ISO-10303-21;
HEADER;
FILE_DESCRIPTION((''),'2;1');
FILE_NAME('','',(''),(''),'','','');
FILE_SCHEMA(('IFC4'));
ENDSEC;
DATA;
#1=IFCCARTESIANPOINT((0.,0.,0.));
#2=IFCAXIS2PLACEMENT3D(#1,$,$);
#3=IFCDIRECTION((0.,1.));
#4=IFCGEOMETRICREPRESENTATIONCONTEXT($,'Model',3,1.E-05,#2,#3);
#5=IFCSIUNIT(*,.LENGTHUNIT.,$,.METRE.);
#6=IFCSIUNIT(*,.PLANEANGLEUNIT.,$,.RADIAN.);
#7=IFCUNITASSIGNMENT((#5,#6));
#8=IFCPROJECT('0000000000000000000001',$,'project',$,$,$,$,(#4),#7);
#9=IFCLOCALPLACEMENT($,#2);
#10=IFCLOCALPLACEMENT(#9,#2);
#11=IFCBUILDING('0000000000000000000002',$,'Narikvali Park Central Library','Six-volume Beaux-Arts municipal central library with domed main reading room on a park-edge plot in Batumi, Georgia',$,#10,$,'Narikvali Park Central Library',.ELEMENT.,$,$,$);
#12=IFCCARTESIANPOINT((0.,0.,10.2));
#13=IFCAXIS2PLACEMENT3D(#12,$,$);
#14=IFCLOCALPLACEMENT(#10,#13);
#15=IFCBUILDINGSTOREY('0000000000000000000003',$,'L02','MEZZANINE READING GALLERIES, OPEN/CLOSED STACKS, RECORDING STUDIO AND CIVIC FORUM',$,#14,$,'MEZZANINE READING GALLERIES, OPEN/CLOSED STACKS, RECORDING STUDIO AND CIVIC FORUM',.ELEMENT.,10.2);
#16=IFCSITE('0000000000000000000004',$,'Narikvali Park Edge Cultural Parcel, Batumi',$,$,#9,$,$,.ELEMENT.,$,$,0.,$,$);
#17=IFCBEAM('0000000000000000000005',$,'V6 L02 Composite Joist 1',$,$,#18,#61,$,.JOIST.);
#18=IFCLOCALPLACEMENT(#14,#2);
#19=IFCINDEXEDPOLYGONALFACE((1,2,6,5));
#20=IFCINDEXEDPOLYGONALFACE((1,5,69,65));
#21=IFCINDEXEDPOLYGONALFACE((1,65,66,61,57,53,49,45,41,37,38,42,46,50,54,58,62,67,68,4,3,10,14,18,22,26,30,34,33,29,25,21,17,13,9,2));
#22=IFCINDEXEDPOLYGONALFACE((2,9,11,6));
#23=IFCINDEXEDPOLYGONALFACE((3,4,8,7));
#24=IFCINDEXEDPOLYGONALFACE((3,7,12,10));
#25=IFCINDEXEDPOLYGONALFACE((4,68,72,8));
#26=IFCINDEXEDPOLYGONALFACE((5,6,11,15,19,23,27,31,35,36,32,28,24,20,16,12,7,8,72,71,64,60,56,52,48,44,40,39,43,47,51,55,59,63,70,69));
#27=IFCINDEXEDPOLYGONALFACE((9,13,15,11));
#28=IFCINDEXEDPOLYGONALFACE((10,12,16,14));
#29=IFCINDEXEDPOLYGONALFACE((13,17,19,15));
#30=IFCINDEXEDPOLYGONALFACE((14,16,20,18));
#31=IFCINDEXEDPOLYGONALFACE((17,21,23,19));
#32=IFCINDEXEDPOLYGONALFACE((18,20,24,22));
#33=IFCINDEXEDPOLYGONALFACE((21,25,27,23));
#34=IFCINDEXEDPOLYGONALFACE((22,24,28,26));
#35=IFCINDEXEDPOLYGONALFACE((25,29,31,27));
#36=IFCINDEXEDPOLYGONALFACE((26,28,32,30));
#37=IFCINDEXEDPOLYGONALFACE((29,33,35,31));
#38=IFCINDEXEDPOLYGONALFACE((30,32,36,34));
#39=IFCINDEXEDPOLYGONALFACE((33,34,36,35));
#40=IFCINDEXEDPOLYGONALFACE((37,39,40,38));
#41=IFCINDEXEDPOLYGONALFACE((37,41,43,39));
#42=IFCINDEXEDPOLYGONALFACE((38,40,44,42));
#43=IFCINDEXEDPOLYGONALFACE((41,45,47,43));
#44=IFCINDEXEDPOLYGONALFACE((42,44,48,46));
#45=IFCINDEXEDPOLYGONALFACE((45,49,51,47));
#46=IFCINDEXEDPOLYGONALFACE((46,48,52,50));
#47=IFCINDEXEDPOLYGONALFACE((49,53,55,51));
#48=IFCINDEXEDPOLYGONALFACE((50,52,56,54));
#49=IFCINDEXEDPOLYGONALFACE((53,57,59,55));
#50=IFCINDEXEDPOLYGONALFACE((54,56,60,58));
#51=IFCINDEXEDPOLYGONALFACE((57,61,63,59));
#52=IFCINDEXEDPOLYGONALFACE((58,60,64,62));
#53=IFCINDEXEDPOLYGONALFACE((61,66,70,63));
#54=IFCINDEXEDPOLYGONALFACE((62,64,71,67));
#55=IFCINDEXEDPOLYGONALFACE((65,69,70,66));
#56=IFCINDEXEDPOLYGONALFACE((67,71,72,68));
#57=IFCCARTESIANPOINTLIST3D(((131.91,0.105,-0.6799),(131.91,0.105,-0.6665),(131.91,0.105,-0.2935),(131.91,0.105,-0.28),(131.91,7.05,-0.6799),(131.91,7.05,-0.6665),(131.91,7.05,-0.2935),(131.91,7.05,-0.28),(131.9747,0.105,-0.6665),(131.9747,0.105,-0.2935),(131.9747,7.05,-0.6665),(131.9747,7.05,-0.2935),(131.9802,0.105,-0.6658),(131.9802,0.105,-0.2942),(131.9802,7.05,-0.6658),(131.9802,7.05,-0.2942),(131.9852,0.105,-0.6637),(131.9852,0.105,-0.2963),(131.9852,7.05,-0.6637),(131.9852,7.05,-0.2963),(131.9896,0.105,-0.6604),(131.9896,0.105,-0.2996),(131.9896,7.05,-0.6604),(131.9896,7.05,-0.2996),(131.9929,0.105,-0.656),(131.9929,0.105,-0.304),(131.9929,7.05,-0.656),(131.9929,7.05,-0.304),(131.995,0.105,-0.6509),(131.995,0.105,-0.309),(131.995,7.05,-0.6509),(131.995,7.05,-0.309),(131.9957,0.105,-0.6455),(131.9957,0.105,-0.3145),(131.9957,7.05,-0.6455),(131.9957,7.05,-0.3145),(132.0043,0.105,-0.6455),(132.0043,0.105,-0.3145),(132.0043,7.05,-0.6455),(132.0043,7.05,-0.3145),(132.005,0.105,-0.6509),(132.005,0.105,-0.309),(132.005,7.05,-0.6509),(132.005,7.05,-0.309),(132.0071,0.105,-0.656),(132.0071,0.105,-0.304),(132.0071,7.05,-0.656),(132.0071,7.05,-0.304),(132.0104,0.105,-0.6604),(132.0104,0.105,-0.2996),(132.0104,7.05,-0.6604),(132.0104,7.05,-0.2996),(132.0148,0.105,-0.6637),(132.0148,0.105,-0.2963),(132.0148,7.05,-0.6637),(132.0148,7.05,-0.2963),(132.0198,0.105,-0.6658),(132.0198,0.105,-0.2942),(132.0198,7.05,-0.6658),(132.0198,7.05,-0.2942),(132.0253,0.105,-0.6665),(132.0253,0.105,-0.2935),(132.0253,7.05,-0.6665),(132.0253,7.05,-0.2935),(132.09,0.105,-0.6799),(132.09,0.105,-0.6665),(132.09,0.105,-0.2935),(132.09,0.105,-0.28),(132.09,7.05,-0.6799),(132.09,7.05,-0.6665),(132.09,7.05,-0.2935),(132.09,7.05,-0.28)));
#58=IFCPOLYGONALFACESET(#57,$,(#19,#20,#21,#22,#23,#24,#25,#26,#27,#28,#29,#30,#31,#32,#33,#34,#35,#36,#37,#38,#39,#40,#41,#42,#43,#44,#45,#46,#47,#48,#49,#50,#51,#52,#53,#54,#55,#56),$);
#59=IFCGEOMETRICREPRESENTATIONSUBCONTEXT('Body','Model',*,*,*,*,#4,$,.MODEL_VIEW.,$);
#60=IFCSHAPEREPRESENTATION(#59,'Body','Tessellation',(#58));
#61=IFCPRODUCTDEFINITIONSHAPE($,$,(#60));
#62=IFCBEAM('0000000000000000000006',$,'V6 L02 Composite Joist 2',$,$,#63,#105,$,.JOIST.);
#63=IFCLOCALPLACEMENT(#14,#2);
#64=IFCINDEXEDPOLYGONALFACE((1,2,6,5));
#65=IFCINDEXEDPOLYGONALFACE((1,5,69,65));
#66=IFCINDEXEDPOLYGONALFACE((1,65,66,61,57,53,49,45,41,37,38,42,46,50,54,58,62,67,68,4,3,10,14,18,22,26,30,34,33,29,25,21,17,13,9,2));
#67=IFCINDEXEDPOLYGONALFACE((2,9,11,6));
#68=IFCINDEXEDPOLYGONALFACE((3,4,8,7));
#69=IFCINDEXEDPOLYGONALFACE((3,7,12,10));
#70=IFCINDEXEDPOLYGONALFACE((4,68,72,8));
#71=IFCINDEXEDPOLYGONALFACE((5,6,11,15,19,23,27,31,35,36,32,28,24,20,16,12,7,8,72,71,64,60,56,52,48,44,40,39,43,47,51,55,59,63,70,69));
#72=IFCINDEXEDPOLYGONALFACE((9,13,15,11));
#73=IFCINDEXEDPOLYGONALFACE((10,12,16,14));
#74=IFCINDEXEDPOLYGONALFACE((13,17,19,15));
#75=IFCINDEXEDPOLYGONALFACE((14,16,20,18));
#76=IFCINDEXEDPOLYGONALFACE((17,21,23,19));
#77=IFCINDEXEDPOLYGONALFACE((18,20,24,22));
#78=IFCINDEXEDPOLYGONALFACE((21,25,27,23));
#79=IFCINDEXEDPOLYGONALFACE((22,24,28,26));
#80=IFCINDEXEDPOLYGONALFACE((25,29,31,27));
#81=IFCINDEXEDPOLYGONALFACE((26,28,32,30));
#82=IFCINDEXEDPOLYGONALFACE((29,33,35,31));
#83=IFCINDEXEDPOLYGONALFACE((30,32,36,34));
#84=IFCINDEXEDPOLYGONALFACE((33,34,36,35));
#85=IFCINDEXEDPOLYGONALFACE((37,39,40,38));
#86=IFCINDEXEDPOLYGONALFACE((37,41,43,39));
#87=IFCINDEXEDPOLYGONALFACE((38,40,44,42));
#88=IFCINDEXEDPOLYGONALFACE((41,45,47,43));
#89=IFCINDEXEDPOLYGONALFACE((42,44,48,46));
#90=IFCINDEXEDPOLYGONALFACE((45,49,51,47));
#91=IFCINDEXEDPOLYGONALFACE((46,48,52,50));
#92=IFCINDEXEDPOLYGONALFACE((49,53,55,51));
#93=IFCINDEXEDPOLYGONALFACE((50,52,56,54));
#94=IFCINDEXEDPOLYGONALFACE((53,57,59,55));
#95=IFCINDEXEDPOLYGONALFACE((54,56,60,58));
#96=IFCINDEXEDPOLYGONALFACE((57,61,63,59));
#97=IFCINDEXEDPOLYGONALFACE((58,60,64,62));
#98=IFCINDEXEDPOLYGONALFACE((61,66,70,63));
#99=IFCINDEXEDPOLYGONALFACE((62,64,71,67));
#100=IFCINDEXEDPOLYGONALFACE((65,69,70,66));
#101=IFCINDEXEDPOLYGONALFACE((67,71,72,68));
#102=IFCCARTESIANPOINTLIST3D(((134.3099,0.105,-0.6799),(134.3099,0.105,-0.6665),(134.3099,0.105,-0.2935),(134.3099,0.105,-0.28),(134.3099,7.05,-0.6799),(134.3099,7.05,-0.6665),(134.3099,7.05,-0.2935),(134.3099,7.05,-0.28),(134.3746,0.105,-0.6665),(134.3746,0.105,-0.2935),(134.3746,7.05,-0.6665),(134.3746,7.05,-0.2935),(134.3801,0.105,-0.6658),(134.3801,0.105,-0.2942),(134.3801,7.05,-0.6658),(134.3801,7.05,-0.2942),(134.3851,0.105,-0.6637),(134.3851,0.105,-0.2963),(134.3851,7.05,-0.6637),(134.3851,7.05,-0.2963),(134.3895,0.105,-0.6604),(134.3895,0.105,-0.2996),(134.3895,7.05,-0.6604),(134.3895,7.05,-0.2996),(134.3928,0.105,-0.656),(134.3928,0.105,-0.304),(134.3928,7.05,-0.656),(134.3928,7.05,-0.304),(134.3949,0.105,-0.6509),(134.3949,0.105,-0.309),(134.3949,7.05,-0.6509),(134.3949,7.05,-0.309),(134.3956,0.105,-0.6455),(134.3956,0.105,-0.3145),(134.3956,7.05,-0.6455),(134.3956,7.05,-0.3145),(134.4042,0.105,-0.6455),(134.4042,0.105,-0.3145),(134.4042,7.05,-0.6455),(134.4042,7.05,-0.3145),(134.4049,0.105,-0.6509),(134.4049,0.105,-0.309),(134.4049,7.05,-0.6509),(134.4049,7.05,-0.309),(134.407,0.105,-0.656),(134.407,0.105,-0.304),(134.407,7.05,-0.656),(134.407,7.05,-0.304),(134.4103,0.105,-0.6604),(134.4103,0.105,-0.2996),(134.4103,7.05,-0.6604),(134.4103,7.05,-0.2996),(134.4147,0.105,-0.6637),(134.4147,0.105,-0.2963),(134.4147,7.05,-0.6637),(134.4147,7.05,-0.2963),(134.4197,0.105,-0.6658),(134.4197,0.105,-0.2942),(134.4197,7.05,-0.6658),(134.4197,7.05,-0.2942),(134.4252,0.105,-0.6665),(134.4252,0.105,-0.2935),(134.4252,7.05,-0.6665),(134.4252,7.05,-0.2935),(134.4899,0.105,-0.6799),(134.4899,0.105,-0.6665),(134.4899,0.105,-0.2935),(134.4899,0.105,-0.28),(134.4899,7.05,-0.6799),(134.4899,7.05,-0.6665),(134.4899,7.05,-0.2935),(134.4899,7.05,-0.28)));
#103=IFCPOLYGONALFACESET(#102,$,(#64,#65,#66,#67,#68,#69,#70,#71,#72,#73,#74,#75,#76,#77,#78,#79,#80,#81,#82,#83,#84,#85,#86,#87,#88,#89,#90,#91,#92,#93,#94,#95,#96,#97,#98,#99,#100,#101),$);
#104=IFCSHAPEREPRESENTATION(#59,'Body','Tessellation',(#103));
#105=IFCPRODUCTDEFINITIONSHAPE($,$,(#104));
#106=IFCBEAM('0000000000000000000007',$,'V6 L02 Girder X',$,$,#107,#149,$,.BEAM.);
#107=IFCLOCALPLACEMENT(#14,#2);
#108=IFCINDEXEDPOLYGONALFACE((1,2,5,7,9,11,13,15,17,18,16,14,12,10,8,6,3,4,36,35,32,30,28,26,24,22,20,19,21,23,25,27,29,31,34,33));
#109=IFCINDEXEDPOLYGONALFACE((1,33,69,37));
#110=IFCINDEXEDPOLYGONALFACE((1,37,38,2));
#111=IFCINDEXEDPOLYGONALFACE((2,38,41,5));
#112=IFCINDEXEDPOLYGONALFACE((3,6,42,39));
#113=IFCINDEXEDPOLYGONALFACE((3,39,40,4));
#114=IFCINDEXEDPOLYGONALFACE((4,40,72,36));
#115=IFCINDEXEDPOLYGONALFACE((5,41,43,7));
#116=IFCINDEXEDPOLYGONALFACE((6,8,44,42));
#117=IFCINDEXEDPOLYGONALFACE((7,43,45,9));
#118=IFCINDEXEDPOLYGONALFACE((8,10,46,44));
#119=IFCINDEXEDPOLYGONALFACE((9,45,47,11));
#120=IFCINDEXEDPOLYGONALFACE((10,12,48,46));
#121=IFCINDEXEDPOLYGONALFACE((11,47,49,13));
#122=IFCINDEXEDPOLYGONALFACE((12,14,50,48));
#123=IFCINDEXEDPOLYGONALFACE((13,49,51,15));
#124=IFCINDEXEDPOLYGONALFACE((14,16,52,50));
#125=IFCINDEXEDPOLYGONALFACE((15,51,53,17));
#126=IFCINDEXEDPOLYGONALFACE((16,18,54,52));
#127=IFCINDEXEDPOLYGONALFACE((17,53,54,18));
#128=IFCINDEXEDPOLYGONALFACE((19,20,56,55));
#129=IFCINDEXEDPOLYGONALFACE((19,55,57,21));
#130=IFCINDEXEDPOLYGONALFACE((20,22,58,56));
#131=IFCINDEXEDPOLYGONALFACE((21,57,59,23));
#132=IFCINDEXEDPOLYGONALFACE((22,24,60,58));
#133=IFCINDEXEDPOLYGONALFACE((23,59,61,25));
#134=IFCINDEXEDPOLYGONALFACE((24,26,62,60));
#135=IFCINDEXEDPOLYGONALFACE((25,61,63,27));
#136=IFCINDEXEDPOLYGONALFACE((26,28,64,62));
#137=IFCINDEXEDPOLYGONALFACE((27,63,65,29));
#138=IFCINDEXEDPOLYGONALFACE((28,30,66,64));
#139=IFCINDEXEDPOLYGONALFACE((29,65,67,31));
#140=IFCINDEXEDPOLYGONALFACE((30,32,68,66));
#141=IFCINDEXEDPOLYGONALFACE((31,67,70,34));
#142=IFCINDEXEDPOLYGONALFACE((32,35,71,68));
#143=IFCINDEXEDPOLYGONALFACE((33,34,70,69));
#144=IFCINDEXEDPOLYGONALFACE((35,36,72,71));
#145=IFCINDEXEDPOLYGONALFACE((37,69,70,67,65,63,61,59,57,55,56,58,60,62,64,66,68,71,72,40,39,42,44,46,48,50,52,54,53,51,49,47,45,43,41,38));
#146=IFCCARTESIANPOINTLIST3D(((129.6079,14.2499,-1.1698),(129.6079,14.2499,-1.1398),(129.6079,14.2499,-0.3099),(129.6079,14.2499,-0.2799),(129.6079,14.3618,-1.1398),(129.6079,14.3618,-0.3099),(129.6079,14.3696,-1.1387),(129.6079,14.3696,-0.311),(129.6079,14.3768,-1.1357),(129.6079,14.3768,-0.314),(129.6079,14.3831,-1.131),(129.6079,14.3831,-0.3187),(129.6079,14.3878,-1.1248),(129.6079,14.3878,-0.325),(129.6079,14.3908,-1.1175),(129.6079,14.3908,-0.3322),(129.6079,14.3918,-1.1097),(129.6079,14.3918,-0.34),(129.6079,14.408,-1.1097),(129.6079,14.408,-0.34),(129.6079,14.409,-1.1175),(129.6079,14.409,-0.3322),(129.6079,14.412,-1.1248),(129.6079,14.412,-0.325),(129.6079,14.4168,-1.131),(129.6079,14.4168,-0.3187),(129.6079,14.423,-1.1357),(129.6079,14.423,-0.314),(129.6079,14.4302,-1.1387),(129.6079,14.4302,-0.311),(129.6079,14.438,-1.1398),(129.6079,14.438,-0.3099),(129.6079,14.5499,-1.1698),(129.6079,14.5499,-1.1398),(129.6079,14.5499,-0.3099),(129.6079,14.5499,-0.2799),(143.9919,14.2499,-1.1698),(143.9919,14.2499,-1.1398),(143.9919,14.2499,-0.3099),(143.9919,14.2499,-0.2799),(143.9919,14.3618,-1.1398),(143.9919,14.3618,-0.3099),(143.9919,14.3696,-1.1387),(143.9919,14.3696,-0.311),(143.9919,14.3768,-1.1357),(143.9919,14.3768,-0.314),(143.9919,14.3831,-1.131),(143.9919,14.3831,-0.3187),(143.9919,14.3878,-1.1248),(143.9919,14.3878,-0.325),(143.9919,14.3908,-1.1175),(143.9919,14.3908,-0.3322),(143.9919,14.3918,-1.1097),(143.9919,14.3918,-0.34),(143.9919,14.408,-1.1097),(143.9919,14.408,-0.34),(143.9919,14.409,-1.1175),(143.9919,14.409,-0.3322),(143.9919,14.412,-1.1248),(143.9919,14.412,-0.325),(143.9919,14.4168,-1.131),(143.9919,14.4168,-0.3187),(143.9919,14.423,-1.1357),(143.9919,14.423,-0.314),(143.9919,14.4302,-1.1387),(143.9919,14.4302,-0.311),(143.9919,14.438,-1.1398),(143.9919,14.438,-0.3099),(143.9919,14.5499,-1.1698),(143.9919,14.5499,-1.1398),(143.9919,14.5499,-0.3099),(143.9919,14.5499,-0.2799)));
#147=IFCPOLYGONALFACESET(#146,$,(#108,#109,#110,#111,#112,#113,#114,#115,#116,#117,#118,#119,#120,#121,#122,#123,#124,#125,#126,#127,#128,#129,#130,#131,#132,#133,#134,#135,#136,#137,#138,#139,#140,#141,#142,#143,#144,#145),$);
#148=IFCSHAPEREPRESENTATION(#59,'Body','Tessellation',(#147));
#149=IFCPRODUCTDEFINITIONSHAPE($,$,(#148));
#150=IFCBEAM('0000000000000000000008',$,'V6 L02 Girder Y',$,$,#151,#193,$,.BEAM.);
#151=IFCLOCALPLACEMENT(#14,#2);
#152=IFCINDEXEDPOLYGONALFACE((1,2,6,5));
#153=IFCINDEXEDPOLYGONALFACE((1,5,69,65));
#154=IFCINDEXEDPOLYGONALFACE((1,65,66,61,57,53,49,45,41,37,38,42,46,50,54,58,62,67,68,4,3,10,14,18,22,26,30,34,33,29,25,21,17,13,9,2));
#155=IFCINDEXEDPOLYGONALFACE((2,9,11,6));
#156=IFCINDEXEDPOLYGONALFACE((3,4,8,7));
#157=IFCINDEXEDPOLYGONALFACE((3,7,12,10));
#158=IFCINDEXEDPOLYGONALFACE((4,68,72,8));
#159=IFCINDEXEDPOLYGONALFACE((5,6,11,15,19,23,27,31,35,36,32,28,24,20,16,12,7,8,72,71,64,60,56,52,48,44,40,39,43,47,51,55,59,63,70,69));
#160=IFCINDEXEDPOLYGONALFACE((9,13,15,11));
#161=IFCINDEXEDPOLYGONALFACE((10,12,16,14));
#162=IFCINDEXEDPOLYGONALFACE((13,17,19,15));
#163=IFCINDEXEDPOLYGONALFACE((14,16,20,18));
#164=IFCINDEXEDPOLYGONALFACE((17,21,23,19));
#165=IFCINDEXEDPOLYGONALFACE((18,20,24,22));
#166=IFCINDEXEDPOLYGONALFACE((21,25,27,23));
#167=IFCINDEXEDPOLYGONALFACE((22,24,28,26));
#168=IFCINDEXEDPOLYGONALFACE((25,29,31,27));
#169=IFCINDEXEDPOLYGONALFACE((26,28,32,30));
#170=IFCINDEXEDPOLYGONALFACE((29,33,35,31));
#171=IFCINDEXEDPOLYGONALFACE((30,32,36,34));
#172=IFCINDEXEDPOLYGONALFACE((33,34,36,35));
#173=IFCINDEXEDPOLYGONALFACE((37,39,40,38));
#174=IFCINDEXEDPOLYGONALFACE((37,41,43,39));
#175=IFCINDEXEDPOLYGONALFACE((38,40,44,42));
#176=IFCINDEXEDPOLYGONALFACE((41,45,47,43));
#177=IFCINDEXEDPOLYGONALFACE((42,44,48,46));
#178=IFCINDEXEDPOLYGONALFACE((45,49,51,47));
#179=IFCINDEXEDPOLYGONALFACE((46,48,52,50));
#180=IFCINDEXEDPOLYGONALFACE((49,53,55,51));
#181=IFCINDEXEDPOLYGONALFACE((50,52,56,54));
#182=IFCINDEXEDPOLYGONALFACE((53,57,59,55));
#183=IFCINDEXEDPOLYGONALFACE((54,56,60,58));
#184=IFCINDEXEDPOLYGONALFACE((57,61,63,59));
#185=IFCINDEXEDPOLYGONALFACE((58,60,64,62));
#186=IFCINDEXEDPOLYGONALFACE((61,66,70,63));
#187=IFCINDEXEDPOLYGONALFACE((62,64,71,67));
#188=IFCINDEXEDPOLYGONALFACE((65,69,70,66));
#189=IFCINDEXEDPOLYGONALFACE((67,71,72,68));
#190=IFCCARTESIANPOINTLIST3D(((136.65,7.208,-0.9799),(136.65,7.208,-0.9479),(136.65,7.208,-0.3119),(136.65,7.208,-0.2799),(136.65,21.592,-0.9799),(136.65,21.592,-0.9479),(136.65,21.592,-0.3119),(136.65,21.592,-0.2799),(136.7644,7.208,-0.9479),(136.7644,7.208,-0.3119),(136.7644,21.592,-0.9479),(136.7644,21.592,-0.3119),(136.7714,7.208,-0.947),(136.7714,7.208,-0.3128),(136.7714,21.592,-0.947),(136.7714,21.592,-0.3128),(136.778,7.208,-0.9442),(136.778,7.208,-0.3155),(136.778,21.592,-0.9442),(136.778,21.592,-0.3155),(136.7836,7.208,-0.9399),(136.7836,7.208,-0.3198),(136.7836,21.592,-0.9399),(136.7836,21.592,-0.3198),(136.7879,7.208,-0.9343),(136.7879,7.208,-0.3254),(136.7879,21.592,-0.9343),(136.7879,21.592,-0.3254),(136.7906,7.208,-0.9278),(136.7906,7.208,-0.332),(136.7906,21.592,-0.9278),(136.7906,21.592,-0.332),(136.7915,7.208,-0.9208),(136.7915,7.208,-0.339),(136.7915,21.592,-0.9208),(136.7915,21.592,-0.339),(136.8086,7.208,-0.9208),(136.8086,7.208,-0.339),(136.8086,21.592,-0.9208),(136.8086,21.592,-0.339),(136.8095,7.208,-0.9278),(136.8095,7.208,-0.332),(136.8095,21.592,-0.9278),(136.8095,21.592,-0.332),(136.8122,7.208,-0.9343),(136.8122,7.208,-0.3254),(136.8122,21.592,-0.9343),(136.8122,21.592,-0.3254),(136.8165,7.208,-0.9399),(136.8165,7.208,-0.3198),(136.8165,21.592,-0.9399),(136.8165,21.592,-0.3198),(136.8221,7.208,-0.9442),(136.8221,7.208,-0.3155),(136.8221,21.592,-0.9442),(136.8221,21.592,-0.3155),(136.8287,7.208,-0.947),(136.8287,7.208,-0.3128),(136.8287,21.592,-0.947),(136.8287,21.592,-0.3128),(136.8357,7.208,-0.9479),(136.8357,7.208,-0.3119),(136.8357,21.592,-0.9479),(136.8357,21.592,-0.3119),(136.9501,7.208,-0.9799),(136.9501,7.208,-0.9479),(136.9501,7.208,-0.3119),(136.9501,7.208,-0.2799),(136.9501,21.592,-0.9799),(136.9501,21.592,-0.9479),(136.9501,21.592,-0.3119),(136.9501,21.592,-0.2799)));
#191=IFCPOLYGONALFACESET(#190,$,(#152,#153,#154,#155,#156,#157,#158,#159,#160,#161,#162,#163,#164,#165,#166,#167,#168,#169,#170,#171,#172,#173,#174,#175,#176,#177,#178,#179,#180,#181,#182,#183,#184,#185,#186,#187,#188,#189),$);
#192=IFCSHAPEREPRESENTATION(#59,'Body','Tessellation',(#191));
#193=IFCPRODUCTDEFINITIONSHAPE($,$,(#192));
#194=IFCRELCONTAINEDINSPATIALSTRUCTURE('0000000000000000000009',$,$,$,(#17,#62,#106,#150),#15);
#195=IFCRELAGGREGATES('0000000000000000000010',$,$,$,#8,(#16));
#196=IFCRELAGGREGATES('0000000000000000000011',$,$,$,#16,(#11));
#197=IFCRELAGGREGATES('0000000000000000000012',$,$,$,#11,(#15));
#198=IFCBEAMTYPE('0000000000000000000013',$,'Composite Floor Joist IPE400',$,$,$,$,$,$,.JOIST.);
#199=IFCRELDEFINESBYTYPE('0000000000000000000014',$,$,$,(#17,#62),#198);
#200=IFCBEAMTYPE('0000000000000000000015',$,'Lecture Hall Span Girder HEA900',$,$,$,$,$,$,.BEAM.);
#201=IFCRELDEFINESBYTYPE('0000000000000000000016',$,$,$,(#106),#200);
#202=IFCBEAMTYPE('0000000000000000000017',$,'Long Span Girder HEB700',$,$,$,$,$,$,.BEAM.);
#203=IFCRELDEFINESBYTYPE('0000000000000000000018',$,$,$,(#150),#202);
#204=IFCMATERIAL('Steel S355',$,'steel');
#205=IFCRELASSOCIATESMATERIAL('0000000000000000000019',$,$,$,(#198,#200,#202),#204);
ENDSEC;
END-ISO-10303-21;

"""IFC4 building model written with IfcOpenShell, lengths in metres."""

from ifc_helpers import new_model, si_unit, direction, frame, origin, origin_2d, place, context, subcontext, project, spatial, i_section, extrude, material, material_profile, profile_set, type_object, element, save


model = new_model("IFC4")

# Units and contexts
model_context = context("Model", 3, precision=1e-05, world=origin(), true_north=direction((0.0, 1.0)))
body_context = subcontext(model_context, "Body", "Model", "MODEL_VIEW")
ifc_project = project(units=[si_unit("LENGTHUNIT", "METRE"), si_unit("PLANEANGLEUNIT", "RADIAN")], contexts=[model_context])

# Site, building, storey
site_placement = place(None, origin())
site = spatial("IfcSite", under=ifc_project, at=site_placement, Name="Narikvali Park Edge Cultural Parcel, Batumi", CompositionType="ELEMENT", RefElevation=0.0)
building_placement = place(site_placement, origin())
building = spatial("IfcBuilding", under=site, at=building_placement, Name="Narikvali Park Central Library", Description="Six-volume Beaux-Arts municipal central library with domed main reading room on a park-edge plot in Batumi, Georgia", LongName="Narikvali Park Central Library", CompositionType="ELEMENT")
storey_placement = place(building_placement, frame((0.0, 0.0, 10.2)))
storey = spatial("IfcBuildingStorey", under=building, at=storey_placement, Name="L02", Description="MEZZANINE READING GALLERIES, OPEN/CLOSED STACKS, RECORDING STUDIO AND CIVIC FORUM", LongName="MEZZANINE READING GALLERIES, OPEN/CLOSED STACKS, RECORDING STUDIO AND CIVIC FORUM", CompositionType="ELEMENT", Elevation=10.2)

# Shared definitions
ifc_material_1 = material(Name="Steel S355", Category="steel")

# Beams
ifc_material_profile_1 = material_profile(ifc_material_1, i_section(OverallWidth=0.1799, OverallDepth=0.3999, WebThickness=0.0085, FlangeThickness=0.0134, FilletRadius=0.021, at=origin_2d()), Name="IPE 400")
ifc_profile_set_1 = profile_set([ifc_material_profile_1], Name="Steel S355")
beam_type_1 = type_object("IfcBeamType", Name="Composite Floor Joist IPE400", PredefinedType="JOIST", material=ifc_profile_set_1)
for number, where, z_axis, x_axis, name in (
    (1, (132.0, 0.105, -0.48), (0.0, 1.0, 0.0), (-1.0, 0.0, 0.0), "V6 L02 Composite Joist 1"),
    (2, (134.3999, 0.105, -0.48), (0.0, 1.0, 0.0), (-1.0, 0.0, 0.0), "V6 L02 Composite Joist 2"),
):
    element("IfcBeam", number, at=place(storey_placement, frame(where, z_axis=z_axis, x_axis=x_axis)), inside=storey, type_object=beam_type_1, Name=name, PredefinedType="JOIST", context=body_context, shape_type="SweptSolid", body=[
        extrude(i_section(OverallWidth=0.1799, OverallDepth=0.3999, WebThickness=0.0085, FlangeThickness=0.0134, FilletRadius=0.021, at=origin_2d()), origin(), (0.0, 0.0, 1.0), 6.9451),
    ])
ifc_material_profile_2 = material_profile(ifc_material_1, i_section(OverallWidth=0.3, OverallDepth=0.8899, WebThickness=0.0161, FlangeThickness=0.03, FilletRadius=0.03, at=origin_2d()), Name="HEA 900")
ifc_profile_set_2 = profile_set([ifc_material_profile_2], Name="Steel S355")
beam_type_2 = type_object("IfcBeamType", Name="Lecture Hall Span Girder HEA900", PredefinedType="BEAM", material=ifc_profile_set_2)
beam_1_placement = place(storey_placement, frame((129.6079, 14.3999, -0.7249), z_axis=(1.0, 0.0, 0.0), x_axis=(0.0, 1.0, 0.0)))
element("IfcBeam", 3, at=beam_1_placement, inside=storey, type_object=beam_type_2, Name="V6 L02 Girder X", PredefinedType="BEAM", context=body_context, shape_type="SweptSolid", body=[
    extrude(i_section(OverallWidth=0.3, OverallDepth=0.8899, WebThickness=0.0161, FlangeThickness=0.03, FilletRadius=0.03, at=origin_2d()), origin(), (0.0, 0.0, 1.0), 14.384),
])
ifc_material_profile_3 = material_profile(ifc_material_1, i_section(OverallWidth=0.3, OverallDepth=0.7, WebThickness=0.0171, FlangeThickness=0.032, FilletRadius=0.0271, at=origin_2d()), Name="HEB 700")
ifc_profile_set_3 = profile_set([ifc_material_profile_3], Name="Steel S355")
beam_type_3 = type_object("IfcBeamType", Name="Long Span Girder HEB700", PredefinedType="BEAM", material=ifc_profile_set_3)
beam_2_placement = place(storey_placement, frame((136.8, 7.208, -0.6299), z_axis=(0.0, 1.0, 0.0), x_axis=(-1.0, 0.0, 0.0)))
element("IfcBeam", 4, at=beam_2_placement, inside=storey, type_object=beam_type_3, Name="V6 L02 Girder Y", PredefinedType="BEAM", context=body_context, shape_type="SweptSolid", body=[
    extrude(i_section(OverallWidth=0.3, OverallDepth=0.7, WebThickness=0.0171, FlangeThickness=0.032, FilletRadius=0.0271, at=origin_2d()), origin(), (0.0, 0.0, 1.0), 14.384),
])

save(model, "model.ifc")
